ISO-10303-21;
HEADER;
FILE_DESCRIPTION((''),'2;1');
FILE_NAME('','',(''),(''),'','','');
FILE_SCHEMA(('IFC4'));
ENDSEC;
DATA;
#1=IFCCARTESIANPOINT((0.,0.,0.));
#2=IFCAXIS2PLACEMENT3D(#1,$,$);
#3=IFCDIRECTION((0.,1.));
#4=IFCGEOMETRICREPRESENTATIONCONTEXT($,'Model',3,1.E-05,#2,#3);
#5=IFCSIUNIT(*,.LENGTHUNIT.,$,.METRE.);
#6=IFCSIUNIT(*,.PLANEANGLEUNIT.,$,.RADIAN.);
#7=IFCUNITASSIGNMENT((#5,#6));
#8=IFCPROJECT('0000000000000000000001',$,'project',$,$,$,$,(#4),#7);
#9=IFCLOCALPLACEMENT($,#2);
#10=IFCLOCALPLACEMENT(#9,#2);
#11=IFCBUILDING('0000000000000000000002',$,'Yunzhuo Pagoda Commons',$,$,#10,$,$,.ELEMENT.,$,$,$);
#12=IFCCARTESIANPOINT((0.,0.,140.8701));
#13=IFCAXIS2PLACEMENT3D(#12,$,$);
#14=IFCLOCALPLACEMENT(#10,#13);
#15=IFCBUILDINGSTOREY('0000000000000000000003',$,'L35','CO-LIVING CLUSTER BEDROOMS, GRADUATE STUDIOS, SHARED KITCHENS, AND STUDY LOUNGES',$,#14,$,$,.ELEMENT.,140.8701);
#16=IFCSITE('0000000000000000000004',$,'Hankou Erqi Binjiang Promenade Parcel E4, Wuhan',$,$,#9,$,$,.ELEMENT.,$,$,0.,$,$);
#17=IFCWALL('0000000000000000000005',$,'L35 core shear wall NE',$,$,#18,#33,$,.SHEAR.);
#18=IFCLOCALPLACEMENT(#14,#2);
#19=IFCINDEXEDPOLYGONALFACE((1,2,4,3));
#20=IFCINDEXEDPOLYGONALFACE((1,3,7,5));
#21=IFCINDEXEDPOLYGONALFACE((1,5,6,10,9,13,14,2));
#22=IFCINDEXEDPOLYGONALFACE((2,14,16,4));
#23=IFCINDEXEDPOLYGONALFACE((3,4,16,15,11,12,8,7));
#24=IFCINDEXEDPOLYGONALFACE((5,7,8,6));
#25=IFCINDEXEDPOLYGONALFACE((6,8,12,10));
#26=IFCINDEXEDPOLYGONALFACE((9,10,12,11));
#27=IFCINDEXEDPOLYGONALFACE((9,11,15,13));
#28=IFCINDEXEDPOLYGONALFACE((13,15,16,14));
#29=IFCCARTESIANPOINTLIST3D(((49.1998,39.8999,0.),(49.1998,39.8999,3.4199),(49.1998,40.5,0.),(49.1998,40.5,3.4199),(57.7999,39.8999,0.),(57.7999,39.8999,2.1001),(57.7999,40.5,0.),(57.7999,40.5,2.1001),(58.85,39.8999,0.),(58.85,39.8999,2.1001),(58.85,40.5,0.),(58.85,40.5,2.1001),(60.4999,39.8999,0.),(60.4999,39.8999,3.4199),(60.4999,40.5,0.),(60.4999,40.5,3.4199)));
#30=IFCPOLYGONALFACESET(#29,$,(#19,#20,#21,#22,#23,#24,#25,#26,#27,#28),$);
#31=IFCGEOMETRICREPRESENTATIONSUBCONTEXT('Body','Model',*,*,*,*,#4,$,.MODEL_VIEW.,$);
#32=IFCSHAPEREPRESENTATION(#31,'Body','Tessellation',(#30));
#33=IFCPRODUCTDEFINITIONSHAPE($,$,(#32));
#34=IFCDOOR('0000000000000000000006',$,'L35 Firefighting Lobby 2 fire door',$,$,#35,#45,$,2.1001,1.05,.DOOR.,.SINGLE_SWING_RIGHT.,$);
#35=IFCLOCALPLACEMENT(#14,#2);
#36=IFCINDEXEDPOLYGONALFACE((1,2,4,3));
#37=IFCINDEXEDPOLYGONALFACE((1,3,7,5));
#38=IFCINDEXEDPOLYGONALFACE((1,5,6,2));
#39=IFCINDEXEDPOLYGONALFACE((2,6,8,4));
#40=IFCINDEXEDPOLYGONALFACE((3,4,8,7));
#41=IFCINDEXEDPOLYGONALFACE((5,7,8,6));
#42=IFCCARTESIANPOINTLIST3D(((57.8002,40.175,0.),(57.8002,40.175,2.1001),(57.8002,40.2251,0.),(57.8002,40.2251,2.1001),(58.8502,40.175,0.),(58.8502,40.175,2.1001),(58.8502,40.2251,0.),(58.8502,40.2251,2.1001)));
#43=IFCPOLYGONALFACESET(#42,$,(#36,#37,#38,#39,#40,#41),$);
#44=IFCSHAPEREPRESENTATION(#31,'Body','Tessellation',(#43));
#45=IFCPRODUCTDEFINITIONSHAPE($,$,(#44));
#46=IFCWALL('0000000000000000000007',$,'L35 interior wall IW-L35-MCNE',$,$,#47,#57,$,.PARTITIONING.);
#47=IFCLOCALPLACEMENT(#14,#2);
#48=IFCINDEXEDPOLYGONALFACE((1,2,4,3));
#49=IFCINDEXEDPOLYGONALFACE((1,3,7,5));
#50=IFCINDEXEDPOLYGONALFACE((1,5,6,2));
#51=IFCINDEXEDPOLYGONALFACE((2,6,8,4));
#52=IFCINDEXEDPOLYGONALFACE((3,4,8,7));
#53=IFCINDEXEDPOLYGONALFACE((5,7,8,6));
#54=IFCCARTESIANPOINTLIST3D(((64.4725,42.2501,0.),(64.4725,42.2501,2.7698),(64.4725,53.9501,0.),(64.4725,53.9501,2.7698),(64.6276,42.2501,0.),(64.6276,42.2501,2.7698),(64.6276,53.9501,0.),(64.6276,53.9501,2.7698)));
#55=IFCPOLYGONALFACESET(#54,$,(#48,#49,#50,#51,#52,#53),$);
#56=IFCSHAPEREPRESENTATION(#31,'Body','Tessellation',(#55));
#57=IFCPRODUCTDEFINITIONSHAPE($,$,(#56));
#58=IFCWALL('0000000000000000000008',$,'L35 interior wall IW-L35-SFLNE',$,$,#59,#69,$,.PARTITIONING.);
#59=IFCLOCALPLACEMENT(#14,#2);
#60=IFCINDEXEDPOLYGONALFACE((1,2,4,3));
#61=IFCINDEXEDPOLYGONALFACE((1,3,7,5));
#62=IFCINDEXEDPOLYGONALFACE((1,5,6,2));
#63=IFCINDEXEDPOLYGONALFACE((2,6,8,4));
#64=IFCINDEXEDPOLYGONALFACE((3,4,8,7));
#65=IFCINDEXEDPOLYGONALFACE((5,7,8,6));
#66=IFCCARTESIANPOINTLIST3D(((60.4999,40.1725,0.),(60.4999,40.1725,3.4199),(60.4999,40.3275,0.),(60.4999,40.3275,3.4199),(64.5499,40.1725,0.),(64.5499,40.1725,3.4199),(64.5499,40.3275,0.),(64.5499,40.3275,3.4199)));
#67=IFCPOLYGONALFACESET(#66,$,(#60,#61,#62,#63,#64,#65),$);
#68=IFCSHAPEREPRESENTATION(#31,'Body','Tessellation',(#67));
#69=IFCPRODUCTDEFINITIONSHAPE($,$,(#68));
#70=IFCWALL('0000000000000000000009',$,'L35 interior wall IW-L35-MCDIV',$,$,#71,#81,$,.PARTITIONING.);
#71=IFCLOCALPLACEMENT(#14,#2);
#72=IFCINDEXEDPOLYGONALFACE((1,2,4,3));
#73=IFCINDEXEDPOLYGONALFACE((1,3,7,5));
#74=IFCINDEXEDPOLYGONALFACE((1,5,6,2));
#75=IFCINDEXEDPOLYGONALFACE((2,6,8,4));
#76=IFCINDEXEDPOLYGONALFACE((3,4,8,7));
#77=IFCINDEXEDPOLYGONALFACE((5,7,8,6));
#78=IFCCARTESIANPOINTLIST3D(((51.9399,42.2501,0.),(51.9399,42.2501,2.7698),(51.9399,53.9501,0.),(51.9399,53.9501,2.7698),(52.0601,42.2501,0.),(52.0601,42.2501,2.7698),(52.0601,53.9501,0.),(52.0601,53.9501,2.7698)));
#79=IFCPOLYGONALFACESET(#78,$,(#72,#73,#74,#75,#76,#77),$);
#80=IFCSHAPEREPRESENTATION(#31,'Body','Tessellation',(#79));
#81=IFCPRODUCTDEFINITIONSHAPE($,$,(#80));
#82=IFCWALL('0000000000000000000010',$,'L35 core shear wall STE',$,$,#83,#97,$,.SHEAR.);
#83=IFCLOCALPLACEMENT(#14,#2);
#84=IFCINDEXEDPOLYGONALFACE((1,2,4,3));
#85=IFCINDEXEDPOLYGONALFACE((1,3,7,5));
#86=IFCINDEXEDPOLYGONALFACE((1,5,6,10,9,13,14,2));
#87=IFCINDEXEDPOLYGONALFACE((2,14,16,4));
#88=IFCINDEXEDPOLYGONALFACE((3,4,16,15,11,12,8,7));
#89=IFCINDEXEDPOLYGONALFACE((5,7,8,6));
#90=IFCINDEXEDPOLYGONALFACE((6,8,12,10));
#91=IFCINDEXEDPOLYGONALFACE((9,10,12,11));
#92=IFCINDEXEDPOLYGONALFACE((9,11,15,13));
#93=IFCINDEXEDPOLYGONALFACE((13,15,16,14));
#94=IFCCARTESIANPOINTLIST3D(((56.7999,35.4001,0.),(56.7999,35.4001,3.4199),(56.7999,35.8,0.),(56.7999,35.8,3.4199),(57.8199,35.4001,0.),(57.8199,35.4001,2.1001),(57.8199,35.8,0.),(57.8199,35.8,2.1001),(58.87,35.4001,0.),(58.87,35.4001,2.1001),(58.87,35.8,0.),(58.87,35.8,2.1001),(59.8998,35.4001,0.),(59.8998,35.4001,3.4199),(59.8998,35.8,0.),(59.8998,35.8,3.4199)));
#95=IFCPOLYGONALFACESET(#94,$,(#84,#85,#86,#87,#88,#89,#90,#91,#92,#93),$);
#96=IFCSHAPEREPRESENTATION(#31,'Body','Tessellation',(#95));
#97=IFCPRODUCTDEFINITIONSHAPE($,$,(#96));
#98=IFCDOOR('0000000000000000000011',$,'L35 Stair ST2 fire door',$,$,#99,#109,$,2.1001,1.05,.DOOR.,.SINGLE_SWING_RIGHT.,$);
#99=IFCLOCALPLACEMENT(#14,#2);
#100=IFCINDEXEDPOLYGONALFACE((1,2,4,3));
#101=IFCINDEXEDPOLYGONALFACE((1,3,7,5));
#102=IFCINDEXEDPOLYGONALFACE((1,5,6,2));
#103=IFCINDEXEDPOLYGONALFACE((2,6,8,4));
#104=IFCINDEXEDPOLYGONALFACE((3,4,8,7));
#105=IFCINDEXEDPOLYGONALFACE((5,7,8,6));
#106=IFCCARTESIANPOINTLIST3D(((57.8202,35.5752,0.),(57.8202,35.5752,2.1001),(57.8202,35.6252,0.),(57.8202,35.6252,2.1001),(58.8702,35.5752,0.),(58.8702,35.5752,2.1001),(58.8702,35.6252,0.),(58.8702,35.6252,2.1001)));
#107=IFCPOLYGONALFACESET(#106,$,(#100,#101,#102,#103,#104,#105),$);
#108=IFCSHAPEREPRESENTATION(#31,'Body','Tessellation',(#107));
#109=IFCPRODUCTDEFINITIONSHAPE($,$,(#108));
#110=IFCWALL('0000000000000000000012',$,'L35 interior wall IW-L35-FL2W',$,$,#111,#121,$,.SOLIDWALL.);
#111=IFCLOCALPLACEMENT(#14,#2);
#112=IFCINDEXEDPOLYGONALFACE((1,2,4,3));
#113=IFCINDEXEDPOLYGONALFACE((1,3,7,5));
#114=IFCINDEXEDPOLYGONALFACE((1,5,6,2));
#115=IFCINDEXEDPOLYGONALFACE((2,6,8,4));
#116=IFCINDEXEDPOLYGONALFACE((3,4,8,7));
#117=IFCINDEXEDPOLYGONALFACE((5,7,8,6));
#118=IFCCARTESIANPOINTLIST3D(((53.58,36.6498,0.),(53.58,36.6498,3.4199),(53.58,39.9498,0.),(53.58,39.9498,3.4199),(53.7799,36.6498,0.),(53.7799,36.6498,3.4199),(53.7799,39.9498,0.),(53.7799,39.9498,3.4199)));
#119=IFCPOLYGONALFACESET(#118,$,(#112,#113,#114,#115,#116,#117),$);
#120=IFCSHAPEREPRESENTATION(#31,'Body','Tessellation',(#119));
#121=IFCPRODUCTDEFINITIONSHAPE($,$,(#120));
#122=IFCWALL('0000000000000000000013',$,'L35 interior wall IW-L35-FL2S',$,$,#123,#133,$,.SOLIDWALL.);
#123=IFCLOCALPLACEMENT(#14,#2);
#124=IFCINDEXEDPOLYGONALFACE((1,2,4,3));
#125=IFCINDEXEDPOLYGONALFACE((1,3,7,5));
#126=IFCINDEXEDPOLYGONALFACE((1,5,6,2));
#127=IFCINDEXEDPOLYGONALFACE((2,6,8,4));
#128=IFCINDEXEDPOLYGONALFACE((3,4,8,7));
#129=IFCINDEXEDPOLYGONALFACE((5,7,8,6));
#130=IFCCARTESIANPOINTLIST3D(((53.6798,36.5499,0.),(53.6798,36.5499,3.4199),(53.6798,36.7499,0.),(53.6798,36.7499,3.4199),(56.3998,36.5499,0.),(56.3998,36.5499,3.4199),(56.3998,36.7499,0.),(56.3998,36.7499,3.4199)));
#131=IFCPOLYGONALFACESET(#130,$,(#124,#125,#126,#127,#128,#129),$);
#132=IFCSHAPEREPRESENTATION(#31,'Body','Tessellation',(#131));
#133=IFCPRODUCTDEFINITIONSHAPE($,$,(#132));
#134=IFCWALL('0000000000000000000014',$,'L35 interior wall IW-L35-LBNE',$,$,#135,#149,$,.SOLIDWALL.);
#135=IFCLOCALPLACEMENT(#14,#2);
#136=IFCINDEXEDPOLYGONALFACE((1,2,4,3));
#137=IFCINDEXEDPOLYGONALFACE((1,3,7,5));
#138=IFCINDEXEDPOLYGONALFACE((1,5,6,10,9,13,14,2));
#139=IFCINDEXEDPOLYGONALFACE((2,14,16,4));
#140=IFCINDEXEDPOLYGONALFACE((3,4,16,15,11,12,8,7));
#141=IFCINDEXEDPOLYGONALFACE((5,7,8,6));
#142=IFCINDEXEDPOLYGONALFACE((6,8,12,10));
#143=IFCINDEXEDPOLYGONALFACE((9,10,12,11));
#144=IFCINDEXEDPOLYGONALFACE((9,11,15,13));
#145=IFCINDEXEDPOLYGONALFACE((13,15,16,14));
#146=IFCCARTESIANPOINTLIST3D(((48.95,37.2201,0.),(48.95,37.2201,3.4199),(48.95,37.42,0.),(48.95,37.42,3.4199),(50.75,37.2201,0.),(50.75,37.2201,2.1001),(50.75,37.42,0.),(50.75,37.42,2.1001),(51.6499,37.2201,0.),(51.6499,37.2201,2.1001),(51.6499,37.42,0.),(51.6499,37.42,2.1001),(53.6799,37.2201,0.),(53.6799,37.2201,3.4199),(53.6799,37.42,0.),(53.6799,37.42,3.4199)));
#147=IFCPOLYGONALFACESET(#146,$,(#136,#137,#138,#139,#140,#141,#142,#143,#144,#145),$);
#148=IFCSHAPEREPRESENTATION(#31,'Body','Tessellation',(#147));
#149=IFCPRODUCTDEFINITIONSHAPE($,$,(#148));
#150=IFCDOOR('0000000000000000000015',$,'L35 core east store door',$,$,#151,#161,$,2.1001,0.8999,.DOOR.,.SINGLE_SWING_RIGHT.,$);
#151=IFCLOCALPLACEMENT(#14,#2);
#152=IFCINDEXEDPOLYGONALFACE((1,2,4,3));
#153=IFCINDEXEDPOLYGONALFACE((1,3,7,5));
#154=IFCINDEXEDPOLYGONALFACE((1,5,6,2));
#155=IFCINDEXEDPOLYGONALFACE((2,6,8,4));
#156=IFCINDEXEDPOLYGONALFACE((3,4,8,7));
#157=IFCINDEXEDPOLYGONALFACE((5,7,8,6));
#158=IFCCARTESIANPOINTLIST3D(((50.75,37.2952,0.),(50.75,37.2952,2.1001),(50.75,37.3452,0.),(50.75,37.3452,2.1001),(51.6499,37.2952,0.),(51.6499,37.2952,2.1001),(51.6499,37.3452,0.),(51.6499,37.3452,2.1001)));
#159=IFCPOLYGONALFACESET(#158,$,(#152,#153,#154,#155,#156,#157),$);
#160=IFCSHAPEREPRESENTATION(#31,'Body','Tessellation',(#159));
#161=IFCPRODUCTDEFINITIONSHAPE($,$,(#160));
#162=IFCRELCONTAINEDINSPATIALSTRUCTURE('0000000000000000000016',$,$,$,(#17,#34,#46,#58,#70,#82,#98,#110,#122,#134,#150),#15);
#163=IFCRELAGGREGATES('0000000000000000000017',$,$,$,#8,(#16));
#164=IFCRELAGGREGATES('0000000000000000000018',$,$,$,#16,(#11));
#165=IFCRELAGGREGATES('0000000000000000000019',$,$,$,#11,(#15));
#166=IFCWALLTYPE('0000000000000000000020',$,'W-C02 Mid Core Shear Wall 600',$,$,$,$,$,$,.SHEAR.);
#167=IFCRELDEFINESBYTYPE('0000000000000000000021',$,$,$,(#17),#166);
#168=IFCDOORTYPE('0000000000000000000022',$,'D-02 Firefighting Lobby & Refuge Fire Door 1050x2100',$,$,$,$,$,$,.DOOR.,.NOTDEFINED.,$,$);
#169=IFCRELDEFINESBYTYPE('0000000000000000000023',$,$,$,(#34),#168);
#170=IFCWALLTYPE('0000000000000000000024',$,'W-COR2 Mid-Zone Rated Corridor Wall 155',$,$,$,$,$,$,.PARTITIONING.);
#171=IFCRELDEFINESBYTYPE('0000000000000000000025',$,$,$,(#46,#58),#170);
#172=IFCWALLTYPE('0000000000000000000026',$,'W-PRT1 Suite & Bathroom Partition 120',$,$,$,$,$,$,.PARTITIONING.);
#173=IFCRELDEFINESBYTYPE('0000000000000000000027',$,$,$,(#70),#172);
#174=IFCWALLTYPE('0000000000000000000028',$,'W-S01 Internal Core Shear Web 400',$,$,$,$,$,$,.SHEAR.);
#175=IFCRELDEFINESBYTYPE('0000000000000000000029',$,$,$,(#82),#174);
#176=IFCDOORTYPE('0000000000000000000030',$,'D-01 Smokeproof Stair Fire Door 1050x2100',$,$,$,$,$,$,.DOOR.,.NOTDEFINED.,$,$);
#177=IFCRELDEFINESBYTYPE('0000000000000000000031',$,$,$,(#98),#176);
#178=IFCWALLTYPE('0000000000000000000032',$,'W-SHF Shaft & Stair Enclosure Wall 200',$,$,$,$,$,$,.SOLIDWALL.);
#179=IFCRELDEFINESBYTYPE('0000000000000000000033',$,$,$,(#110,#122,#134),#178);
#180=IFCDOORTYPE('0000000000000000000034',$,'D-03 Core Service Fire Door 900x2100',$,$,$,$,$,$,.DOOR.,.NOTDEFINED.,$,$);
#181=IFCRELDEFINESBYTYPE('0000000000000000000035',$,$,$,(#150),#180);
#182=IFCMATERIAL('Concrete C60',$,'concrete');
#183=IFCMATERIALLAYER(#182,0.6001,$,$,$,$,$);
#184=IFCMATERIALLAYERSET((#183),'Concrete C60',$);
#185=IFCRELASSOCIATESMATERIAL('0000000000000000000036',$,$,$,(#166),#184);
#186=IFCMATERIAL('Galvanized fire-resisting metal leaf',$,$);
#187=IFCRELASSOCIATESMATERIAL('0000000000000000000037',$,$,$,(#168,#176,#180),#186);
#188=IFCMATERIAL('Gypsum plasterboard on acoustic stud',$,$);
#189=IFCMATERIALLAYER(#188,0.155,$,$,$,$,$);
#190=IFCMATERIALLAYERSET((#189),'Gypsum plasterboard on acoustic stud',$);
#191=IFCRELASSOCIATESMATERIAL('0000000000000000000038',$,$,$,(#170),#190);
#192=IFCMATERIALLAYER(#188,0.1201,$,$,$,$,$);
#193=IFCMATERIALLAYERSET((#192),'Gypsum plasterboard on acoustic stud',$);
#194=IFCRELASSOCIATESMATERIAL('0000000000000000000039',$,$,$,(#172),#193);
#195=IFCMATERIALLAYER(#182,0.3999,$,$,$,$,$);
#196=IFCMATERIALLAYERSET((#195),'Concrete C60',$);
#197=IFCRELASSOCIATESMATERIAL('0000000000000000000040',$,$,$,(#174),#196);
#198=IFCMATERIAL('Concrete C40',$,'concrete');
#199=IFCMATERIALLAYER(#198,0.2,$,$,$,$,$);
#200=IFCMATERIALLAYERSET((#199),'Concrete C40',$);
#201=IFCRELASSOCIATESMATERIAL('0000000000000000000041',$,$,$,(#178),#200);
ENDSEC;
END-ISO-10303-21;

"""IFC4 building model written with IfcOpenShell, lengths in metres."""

from ifc_helpers import new_model, si_unit, direction, frame, frame_2d, origin, place, context, subcontext, project, spatial, rectangle, extrude, source, transform, mapped, material, layer, layer_set, type_object, element, fill, save


model = new_model("IFC4")

# Units and contexts
model_context = context("Model", 3, precision=1e-05, world=origin(), true_north=direction((0.0, 1.0)))
body_context = subcontext(model_context, "Body", "Model", "MODEL_VIEW")
ifc_project = project(units=[si_unit("LENGTHUNIT", "METRE"), si_unit("PLANEANGLEUNIT", "RADIAN")], contexts=[model_context])

# Site, building, storey
site_placement = place(None, origin())
site = spatial("IfcSite", under=ifc_project, at=site_placement, Name="Hankou Erqi Binjiang Promenade Parcel E4, Wuhan", CompositionType="ELEMENT", RefElevation=0.0)
building_placement = place(site_placement, origin())
building = spatial("IfcBuilding", under=site, at=building_placement, Name="Yunzhuo Pagoda Commons", CompositionType="ELEMENT")
storey_placement = place(building_placement, frame((0.0, 0.0, 140.8701)))
storey = spatial("IfcBuildingStorey", under=building, at=storey_placement, Name="L35", Description="CO-LIVING CLUSTER BEDROOMS, GRADUATE STUDIOS, SHARED KITCHENS, AND STUDY LOUNGES", CompositionType="ELEMENT", Elevation=140.8701)

# Wall, opening, door
ifc_material_1 = material(Name="Concrete C60", Category="concrete")
ifc_layer_1 = layer(ifc_material_1, 0.6001)
ifc_layer_set_1 = layer_set([ifc_layer_1], Name="Concrete C60")
wall_type_1 = type_object("IfcWallType", Name="W-C02 Mid Core Shear Wall 600", PredefinedType="SHEAR", material=ifc_layer_set_1)
wall_1_placement = place(storey_placement, frame((49.2, 40.2, 0.0), z_axis=(0.0, 0.0, 1.0), x_axis=(1.0, 0.0, 0.0)))
wall_1 = element("IfcWall", 1, at=wall_1_placement, inside=storey, type_object=wall_type_1, Name="L35 core shear wall NE", PredefinedType="SHEAR", context=body_context, shape_type="SweptSolid", body=[
    extrude(rectangle(XDim=11.3, YDim=0.6001, at=frame_2d((5.6499, 0.0))), origin(), (0.0, 0.0, 1.0), 3.4199),
])
opening_1_placement = place(wall_1_placement, frame((8.6001, 0.0, 0.0)))
opening_1 = element("IfcOpeningElement", 2, at=opening_1_placement, cuts=wall_1, PredefinedType="OPENING", context=body_context, shape_type="SweptSolid", body=[
    extrude(rectangle(XDim=1.05, YDim=2.1001, at=frame_2d((0.5249, 1.05))), frame((0.0, 0.3101, 0.0), z_axis=(0.0, -1.0, 0.0), x_axis=(1.0, 0.0, 0.0)), (0.0, 0.0, 1.0), 0.6201),
])
ifc_material_2 = material(Name="Galvanized fire-resisting metal leaf")
door_type_1 = type_object("IfcDoorType", Name="D-02 Firefighting Lobby & Refuge Fire Door 1050x2100", OperationType="NOTDEFINED", PredefinedType="DOOR", material=ifc_material_2)
shared_shape_1 = source(origin(), body_context, "Body", "SweptSolid", [
    extrude(rectangle(XDim=1.05, YDim=2.1001, at=frame_2d((0.5249, 1.05))), frame((0.0, 0.0249, 0.0), z_axis=(0.0, -1.0, 0.0), x_axis=(1.0, 0.0, 0.0)), (0.0, 0.0, 1.0), 0.05),
])
door_1_placement = place(opening_1_placement, frame((1.05, 0.0, 0.0), z_axis=(0.0, 0.0, 1.0), x_axis=(-1.0, 0.0, 0.0)))
door_1 = element("IfcDoor", 3, at=door_1_placement, inside=storey, type_object=door_type_1, Name="L35 Firefighting Lobby 2 fire door", OperationType="SINGLE_SWING_RIGHT", OverallHeight=2.1001, OverallWidth=1.05, PredefinedType="DOOR", context=body_context, shape_type="MappedRepresentation", body=[
    mapped(shared_shape_1, transform((0.0, 0.0, 0.0), scale=1.0)),
])
fill(opening_1, door_1)

# Walls
ifc_material_3 = material(Name="Gypsum plasterboard on acoustic stud")
ifc_layer_2 = layer(ifc_material_3, 0.155)
ifc_layer_set_2 = layer_set([ifc_layer_2], Name="Gypsum plasterboard on acoustic stud")
wall_type_2 = type_object("IfcWallType", Name="W-COR2 Mid-Zone Rated Corridor Wall 155", PredefinedType="PARTITIONING", material=ifc_layer_set_2)
wall_2_placement = place(storey_placement, frame((64.55, 42.25, 0.0), z_axis=(0.0, 0.0, 1.0), x_axis=(0.0, 1.0, 0.0)))
element("IfcWall", 4, at=wall_2_placement, inside=storey, type_object=wall_type_2, Name="L35 interior wall IW-L35-MCNE", PredefinedType="PARTITIONING", context=body_context, shape_type="SweptSolid", body=[
    extrude(rectangle(XDim=11.7, YDim=0.155, at=frame_2d((5.8501, 0.0))), origin(), (0.0, 0.0, 1.0), 2.7698),
])
wall_3_placement = place(storey_placement, frame((60.5, 40.25, 0.0), z_axis=(0.0, 0.0, 1.0), x_axis=(1.0, 0.0, 0.0)))
element("IfcWall", 5, at=wall_3_placement, inside=storey, type_object=wall_type_2, Name="L35 interior wall IW-L35-SFLNE", PredefinedType="PARTITIONING", context=body_context, shape_type="SweptSolid", body=[
    extrude(rectangle(XDim=4.05, YDim=0.155, at=frame_2d((2.0249, 0.0))), origin(), (0.0, 0.0, 1.0), 3.4199),
])
ifc_layer_3 = layer(ifc_material_3, 0.1201)
ifc_layer_set_3 = layer_set([ifc_layer_3], Name="Gypsum plasterboard on acoustic stud")
wall_type_3 = type_object("IfcWallType", Name="W-PRT1 Suite & Bathroom Partition 120", PredefinedType="PARTITIONING", material=ifc_layer_set_3)
wall_4_placement = place(storey_placement, frame((52.0, 42.25, 0.0), z_axis=(0.0, 0.0, 1.0), x_axis=(0.0, 1.0, 0.0)))
element("IfcWall", 6, at=wall_4_placement, inside=storey, type_object=wall_type_3, Name="L35 interior wall IW-L35-MCDIV", PredefinedType="PARTITIONING", context=body_context, shape_type="SweptSolid", body=[
    extrude(rectangle(XDim=11.7, YDim=0.1201, at=frame_2d((5.8501, 0.0))), origin(), (0.0, 0.0, 1.0), 2.7698),
])

# Wall, opening, door
ifc_layer_4 = layer(ifc_material_1, 0.3999)
ifc_layer_set_4 = layer_set([ifc_layer_4], Name="Concrete C60")
wall_type_4 = type_object("IfcWallType", Name="W-S01 Internal Core Shear Web 400", PredefinedType="SHEAR", material=ifc_layer_set_4)
wall_5_placement = place(storey_placement, frame((56.8, 35.6001, 0.0), z_axis=(0.0, 0.0, 1.0), x_axis=(1.0, 0.0, 0.0)))
wall_5 = element("IfcWall", 7, at=wall_5_placement, inside=storey, type_object=wall_type_4, Name="L35 core shear wall STE", PredefinedType="SHEAR", context=body_context, shape_type="SweptSolid", body=[
    extrude(rectangle(XDim=3.0999, YDim=0.3999, at=frame_2d((1.5498, 0.0))), origin(), (0.0, 0.0, 1.0), 3.4199),
])
opening_2_placement = place(wall_5_placement, frame((1.02, 0.0, 0.0)))
opening_2 = element("IfcOpeningElement", 8, at=opening_2_placement, cuts=wall_5, PredefinedType="OPENING", context=body_context, shape_type="SweptSolid", body=[
    extrude(rectangle(XDim=1.05, YDim=2.1001, at=frame_2d((0.5249, 1.05))), frame((0.0, 0.21, 0.0), z_axis=(0.0, -1.0, 0.0), x_axis=(1.0, 0.0, 0.0)), (0.0, 0.0, 1.0), 0.4199),
])
door_type_2 = type_object("IfcDoorType", Name="D-01 Smokeproof Stair Fire Door 1050x2100", OperationType="NOTDEFINED", PredefinedType="DOOR", material=ifc_material_2)
door_2_placement = place(opening_2_placement, frame((1.05, 0.0, 0.0), z_axis=(0.0, 0.0, 1.0), x_axis=(-1.0, 0.0, 0.0)))
door_2 = element("IfcDoor", 9, at=door_2_placement, inside=storey, type_object=door_type_2, Name="L35 Stair ST2 fire door", OperationType="SINGLE_SWING_RIGHT", OverallHeight=2.1001, OverallWidth=1.05, PredefinedType="DOOR", context=body_context, shape_type="MappedRepresentation", body=[
    mapped(shared_shape_1, transform((0.0, 0.0, 0.0), scale=1.0)),
])
fill(opening_2, door_2)

# Walls
ifc_material_4 = material(Name="Concrete C40", Category="concrete")
ifc_layer_5 = layer(ifc_material_4, 0.2)
ifc_layer_set_5 = layer_set([ifc_layer_5], Name="Concrete C40")
wall_type_5 = type_object("IfcWallType", Name="W-SHF Shaft & Stair Enclosure Wall 200", PredefinedType="SOLIDWALL", material=ifc_layer_set_5)
wall_6_placement = place(storey_placement, frame((53.6799, 36.6499, 0.0), z_axis=(0.0, 0.0, 1.0), x_axis=(0.0, 1.0, 0.0)))
element("IfcWall", 10, at=wall_6_placement, inside=storey, type_object=wall_type_5, Name="L35 interior wall IW-L35-FL2W", PredefinedType="SOLIDWALL", context=body_context, shape_type="SweptSolid", body=[
    extrude(rectangle(XDim=3.3, YDim=0.2, at=frame_2d((1.6499, 0.0))), origin(), (0.0, 0.0, 1.0), 3.4199),
])
wall_7_placement = place(storey_placement, frame((53.6799, 36.6499, 0.0), z_axis=(0.0, 0.0, 1.0), x_axis=(1.0, 0.0, 0.0)))
element("IfcWall", 11, at=wall_7_placement, inside=storey, type_object=wall_type_5, Name="L35 interior wall IW-L35-FL2S", PredefinedType="SOLIDWALL", context=body_context, shape_type="SweptSolid", body=[
    extrude(rectangle(XDim=2.72, YDim=0.2, at=frame_2d((1.3599, 0.0))), origin(), (0.0, 0.0, 1.0), 3.4199),
])

# Wall, opening, door
wall_8_placement = place(storey_placement, frame((48.95, 37.3201, 0.0), z_axis=(0.0, 0.0, 1.0), x_axis=(1.0, 0.0, 0.0)))
wall_8 = element("IfcWall", 12, at=wall_8_placement, inside=storey, type_object=wall_type_5, Name="L35 interior wall IW-L35-LBNE", PredefinedType="SOLIDWALL", context=body_context, shape_type="SweptSolid", body=[
    extrude(rectangle(XDim=4.73, YDim=0.2, at=frame_2d((2.365, 0.0))), origin(), (0.0, 0.0, 1.0), 3.4199),
])
opening_3_placement = place(wall_8_placement, frame((1.8, 0.0, 0.0)))
opening_3 = element("IfcOpeningElement", 13, at=opening_3_placement, cuts=wall_8, PredefinedType="OPENING", context=body_context, shape_type="SweptSolid", body=[
    extrude(rectangle(XDim=0.8999, YDim=2.1001, at=frame_2d((0.45, 1.05))), frame((0.0, 0.1099, 0.0), z_axis=(0.0, -1.0, 0.0), x_axis=(1.0, 0.0, 0.0)), (0.0, 0.0, 1.0), 0.22),
])
door_type_3 = type_object("IfcDoorType", Name="D-03 Core Service Fire Door 900x2100", OperationType="NOTDEFINED", PredefinedType="DOOR", material=ifc_material_2)
shared_shape_2 = source(origin(), body_context, "Body", "SweptSolid", [
    extrude(rectangle(XDim=0.8999, YDim=2.1001, at=frame_2d((0.45, 1.05))), frame((0.0, 0.0249, 0.0), z_axis=(0.0, -1.0, 0.0), x_axis=(1.0, 0.0, 0.0)), (0.0, 0.0, 1.0), 0.05),
])
door_3_placement = place(opening_3_placement, frame((0.8999, 0.0, 0.0), z_axis=(0.0, 0.0, 1.0), x_axis=(-1.0, 0.0, 0.0)))
door_3 = element("IfcDoor", 14, at=door_3_placement, inside=storey, type_object=door_type_3, Name="L35 core east store door", OperationType="SINGLE_SWING_RIGHT", OverallHeight=2.1001, OverallWidth=0.8999, PredefinedType="DOOR", context=body_context, shape_type="MappedRepresentation", body=[
    mapped(shared_shape_2, transform((0.0, 0.0, 0.0), scale=1.0)),
])
fill(opening_3, door_3)

save(model, "model.ifc")
